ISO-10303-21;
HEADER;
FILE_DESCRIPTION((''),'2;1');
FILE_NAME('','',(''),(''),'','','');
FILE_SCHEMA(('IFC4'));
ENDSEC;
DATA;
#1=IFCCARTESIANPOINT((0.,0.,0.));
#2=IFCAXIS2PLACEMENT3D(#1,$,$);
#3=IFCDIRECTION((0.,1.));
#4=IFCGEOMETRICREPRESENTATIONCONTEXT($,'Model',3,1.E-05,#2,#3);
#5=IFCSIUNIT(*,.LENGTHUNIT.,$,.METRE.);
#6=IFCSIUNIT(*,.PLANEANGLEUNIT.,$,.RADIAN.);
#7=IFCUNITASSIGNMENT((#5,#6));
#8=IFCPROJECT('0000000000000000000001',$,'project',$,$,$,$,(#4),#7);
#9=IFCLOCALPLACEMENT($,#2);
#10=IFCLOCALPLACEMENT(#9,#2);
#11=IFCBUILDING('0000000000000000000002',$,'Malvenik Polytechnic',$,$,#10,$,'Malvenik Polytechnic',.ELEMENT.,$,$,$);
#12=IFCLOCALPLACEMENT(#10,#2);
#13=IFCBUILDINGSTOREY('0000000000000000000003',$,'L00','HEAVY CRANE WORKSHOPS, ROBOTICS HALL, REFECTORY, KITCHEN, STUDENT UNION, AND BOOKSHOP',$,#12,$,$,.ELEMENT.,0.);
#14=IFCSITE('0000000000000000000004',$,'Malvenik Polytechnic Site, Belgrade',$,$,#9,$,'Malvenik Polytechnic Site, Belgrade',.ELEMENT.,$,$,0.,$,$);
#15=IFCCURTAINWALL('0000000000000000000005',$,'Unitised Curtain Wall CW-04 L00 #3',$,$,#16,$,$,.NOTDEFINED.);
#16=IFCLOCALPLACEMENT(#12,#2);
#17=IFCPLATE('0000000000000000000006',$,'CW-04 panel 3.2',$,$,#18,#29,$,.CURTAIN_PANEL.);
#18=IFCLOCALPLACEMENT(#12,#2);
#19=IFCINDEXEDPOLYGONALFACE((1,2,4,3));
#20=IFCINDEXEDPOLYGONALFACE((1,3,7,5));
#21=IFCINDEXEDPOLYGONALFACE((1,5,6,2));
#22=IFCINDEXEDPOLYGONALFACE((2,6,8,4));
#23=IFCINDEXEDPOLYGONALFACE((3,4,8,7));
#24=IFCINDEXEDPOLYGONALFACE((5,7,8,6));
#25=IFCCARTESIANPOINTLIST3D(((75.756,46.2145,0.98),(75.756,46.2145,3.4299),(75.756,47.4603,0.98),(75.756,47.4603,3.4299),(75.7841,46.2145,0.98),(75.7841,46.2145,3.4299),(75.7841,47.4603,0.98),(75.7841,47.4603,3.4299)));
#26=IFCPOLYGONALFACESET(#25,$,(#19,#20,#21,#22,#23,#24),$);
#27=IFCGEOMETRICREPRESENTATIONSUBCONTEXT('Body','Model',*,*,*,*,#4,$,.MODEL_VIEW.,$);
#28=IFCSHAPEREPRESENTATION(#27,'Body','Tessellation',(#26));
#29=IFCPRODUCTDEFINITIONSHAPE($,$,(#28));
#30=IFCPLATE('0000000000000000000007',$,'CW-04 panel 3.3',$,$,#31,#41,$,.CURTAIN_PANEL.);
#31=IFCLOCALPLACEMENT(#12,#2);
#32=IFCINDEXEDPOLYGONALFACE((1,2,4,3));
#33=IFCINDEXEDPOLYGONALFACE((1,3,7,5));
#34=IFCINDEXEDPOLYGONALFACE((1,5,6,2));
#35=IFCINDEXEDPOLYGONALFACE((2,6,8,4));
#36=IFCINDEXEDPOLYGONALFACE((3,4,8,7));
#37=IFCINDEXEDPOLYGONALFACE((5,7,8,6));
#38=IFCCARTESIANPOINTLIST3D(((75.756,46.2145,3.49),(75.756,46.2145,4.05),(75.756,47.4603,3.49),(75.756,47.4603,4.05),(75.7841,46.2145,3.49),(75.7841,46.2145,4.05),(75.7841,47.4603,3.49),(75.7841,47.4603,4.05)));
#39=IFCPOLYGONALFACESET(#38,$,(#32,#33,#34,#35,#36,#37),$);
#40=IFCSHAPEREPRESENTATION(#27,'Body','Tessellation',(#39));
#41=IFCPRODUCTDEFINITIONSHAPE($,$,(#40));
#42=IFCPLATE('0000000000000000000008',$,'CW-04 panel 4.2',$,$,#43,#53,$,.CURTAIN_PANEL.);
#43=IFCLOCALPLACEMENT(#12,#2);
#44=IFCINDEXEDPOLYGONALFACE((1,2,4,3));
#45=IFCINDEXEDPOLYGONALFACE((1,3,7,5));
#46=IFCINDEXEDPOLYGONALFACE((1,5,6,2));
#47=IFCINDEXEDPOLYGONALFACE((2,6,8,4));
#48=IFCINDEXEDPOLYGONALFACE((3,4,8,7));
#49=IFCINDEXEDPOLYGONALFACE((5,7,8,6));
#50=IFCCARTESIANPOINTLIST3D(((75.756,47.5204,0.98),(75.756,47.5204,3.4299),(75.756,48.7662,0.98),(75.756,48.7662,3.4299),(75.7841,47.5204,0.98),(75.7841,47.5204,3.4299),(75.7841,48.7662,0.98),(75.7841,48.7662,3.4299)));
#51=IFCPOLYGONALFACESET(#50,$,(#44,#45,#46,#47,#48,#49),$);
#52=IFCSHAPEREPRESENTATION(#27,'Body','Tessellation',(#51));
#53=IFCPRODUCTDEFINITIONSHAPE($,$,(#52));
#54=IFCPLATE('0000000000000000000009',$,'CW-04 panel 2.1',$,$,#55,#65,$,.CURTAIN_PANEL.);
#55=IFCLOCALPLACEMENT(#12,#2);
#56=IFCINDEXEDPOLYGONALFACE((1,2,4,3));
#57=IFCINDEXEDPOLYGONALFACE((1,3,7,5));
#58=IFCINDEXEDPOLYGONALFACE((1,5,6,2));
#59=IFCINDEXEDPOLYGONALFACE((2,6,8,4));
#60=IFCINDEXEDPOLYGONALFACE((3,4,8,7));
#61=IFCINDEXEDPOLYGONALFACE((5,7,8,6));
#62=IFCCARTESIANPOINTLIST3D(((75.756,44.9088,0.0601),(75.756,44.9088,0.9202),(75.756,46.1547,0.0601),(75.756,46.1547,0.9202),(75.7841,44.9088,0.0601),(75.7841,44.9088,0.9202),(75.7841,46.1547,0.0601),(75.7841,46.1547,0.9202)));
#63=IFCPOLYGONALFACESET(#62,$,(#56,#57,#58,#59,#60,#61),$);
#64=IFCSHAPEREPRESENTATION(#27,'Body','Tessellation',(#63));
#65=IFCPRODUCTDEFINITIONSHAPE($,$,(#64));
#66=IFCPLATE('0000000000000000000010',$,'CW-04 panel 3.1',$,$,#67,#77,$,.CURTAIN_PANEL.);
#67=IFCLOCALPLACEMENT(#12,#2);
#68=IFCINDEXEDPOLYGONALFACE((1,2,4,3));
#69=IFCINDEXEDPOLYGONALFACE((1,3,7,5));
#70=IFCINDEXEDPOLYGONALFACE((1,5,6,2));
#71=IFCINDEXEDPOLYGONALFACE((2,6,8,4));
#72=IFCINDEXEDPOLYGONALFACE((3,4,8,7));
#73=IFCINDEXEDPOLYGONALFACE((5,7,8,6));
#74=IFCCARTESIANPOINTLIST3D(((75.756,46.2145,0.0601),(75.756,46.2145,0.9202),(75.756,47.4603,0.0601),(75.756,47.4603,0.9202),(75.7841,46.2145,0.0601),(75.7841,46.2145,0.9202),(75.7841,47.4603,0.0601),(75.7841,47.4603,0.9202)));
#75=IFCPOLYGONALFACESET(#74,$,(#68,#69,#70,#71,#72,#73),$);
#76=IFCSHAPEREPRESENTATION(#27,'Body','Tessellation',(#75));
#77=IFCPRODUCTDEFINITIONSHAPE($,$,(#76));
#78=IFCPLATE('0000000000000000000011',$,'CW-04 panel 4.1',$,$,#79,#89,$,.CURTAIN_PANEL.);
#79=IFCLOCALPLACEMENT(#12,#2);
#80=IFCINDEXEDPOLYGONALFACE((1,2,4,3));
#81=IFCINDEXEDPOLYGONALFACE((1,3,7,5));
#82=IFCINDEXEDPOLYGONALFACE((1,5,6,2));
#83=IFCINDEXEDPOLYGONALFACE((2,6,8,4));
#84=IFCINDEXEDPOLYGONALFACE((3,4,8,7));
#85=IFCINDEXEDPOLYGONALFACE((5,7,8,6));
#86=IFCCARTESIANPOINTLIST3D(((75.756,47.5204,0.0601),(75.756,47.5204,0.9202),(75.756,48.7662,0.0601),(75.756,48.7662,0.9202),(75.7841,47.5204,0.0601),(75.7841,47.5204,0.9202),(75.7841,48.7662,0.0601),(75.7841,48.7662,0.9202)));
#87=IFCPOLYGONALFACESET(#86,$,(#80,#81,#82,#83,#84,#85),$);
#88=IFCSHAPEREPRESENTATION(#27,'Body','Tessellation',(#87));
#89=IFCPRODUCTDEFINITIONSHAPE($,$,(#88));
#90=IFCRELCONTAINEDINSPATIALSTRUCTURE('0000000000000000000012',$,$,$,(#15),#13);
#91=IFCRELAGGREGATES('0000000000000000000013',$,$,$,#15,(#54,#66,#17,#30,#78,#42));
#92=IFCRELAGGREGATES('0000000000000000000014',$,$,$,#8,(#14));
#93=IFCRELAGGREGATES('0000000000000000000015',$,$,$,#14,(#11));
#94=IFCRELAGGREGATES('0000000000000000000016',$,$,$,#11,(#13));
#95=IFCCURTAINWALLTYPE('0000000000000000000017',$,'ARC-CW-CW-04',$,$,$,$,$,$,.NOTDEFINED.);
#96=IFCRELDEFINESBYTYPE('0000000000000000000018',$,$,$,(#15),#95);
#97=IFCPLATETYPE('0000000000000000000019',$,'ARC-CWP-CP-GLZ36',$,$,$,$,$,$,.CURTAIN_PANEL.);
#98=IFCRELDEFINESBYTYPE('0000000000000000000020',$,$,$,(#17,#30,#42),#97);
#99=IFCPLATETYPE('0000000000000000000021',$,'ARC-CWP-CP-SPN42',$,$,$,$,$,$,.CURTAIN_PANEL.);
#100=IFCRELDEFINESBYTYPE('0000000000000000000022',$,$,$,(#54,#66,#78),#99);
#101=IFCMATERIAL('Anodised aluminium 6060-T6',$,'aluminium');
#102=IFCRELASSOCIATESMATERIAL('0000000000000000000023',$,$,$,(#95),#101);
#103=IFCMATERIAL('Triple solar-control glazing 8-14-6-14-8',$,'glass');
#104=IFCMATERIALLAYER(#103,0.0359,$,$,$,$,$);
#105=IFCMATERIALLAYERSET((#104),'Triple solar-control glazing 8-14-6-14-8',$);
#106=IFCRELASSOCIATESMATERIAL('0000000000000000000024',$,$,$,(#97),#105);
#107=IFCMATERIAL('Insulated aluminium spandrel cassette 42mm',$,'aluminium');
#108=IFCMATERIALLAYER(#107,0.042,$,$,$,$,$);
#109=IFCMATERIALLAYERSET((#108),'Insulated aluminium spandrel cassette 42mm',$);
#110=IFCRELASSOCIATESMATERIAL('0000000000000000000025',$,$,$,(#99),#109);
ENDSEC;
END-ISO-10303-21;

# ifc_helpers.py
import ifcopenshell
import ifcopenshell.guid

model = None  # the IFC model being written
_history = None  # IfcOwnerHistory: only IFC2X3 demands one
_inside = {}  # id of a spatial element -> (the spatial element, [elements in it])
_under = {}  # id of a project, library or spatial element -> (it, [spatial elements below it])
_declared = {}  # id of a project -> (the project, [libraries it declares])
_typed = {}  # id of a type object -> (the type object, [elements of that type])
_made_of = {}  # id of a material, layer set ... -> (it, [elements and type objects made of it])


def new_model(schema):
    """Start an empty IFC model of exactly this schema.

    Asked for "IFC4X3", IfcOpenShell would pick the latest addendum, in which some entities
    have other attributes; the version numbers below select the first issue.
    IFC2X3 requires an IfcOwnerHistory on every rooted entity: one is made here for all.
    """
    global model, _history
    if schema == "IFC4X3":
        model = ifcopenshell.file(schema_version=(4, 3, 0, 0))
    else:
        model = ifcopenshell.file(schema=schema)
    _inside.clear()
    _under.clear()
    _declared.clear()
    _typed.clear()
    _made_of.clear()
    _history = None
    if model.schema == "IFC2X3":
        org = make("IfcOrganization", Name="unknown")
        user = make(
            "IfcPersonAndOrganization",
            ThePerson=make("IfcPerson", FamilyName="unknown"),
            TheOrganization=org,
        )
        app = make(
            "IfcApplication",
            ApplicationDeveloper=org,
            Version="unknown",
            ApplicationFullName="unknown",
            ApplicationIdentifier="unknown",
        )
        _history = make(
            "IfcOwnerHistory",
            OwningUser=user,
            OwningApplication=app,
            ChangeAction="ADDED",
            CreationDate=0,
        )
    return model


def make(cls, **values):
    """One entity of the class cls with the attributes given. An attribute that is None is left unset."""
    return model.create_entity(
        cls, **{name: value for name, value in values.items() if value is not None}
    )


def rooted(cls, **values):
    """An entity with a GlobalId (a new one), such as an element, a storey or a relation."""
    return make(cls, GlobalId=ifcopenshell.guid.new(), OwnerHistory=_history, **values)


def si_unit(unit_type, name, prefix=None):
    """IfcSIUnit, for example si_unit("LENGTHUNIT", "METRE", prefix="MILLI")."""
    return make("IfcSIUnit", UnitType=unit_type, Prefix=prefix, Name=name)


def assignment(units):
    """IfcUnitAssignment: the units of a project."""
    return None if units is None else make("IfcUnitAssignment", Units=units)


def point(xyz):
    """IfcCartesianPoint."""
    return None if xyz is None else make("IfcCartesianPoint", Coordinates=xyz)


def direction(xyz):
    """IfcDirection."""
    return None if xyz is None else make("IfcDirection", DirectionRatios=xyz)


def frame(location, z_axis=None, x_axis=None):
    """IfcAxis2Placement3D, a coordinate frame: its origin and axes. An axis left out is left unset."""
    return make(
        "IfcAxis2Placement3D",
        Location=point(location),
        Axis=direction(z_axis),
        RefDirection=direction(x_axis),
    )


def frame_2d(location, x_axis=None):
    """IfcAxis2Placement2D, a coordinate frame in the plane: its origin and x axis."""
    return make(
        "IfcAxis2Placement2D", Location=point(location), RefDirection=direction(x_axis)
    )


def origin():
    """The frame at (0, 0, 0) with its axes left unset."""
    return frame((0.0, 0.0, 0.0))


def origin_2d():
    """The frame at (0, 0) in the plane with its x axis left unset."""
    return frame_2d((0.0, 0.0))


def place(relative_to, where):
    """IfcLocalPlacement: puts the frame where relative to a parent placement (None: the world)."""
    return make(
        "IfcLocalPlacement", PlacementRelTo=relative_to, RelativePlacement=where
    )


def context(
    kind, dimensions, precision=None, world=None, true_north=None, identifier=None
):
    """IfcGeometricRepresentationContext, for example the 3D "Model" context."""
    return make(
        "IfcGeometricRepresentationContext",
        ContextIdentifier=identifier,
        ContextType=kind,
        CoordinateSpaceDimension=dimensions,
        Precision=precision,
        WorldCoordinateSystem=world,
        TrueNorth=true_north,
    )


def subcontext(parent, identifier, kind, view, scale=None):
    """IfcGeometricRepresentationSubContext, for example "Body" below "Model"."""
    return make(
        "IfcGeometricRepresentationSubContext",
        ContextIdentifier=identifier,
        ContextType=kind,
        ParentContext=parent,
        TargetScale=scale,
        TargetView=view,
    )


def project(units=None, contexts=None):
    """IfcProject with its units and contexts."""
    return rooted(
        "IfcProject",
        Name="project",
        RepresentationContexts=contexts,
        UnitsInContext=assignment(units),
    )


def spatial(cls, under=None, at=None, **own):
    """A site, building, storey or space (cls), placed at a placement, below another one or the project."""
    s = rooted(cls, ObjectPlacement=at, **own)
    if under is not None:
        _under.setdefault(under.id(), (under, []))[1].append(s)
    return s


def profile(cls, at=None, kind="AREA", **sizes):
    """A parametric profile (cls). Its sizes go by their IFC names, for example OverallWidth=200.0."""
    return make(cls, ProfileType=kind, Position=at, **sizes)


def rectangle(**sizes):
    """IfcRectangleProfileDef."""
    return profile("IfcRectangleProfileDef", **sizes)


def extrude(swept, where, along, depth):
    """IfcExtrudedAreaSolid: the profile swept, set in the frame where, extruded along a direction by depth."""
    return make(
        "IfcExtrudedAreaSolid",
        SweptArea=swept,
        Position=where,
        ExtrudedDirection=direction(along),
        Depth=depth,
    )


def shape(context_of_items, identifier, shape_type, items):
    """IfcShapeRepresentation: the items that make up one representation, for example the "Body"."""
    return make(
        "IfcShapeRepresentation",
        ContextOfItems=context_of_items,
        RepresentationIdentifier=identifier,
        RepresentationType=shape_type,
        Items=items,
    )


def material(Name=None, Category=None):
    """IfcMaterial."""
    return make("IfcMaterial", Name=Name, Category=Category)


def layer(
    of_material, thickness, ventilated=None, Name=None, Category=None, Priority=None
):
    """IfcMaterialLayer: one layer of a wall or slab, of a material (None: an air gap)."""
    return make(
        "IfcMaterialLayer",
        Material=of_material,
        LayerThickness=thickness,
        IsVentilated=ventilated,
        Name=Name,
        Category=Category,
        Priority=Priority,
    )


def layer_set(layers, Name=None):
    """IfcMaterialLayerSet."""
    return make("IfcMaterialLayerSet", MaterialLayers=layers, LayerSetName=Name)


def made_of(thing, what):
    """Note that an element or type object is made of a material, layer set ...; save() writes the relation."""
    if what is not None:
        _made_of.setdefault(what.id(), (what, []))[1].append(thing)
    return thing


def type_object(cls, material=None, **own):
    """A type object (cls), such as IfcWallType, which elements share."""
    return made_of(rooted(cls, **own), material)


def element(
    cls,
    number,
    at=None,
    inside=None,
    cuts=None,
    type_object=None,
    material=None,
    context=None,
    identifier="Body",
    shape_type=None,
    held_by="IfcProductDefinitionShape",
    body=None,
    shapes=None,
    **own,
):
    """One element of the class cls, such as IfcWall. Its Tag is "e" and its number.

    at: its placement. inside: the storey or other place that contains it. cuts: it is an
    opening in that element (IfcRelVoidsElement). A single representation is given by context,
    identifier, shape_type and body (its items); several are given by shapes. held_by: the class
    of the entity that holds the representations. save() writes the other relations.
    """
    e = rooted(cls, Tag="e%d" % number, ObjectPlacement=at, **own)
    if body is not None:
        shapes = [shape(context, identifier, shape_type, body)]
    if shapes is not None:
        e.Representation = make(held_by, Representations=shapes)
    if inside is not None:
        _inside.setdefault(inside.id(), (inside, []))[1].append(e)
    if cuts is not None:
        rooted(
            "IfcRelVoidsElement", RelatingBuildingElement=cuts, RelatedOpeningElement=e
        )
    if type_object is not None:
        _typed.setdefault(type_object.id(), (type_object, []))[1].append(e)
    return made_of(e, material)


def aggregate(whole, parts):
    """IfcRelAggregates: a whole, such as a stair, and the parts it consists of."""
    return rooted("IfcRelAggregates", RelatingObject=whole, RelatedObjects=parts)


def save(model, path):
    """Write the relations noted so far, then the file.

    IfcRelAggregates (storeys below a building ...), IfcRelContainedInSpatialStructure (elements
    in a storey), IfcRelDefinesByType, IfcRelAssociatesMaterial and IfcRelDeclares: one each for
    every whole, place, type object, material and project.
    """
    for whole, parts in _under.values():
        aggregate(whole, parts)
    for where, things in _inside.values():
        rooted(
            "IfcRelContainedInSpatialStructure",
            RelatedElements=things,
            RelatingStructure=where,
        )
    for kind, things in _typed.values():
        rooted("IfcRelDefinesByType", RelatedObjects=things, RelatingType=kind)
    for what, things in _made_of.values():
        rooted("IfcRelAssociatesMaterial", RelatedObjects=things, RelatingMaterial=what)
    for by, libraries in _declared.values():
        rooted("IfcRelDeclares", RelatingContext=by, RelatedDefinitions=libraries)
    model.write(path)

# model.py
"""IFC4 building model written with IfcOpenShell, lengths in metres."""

from ifc_helpers import new_model, si_unit, direction, frame, origin, origin_2d, place, context, subcontext, project, spatial, rectangle, extrude, material, layer, layer_set, type_object, element, aggregate, save


model = new_model("IFC4")

# Units and contexts
model_context = context("Model", 3, precision=1e-05, world=origin(), true_north=direction((0.0, 1.0)))
body_context = subcontext(model_context, "Body", "Model", "MODEL_VIEW")
ifc_project = project(units=[si_unit("LENGTHUNIT", "METRE"), si_unit("PLANEANGLEUNIT", "RADIAN")], contexts=[model_context])

# Site, building, storey
site_placement = place(None, origin())
site = spatial("IfcSite", under=ifc_project, at=site_placement, Name="Malvenik Polytechnic Site, Belgrade", LongName="Malvenik Polytechnic Site, Belgrade", CompositionType="ELEMENT", RefElevation=0.0)
building_placement = place(site_placement, origin())
building = spatial("IfcBuilding", under=site, at=building_placement, Name="Malvenik Polytechnic", LongName="Malvenik Polytechnic", CompositionType="ELEMENT")
storey_placement = place(building_placement, origin())
storey = spatial("IfcBuildingStorey", under=building, at=storey_placement, Name="L00", Description="HEAVY CRANE WORKSHOPS, ROBOTICS HALL, REFECTORY, KITCHEN, STUDENT UNION, AND BOOKSHOP", CompositionType="ELEMENT", Elevation=0.0)

# Curtain wall, plates
ifc_material_1 = material(Name="Anodised aluminium 6060-T6", Category="aluminium")
curtain_wall_type = type_object("IfcCurtainWallType", Name="ARC-CW-CW-04", PredefinedType="NOTDEFINED", material=ifc_material_1)
curtain_wall_placement = place(storey_placement, origin())
curtain_wall = element("IfcCurtainWall", 1, at=curtain_wall_placement, inside=storey, type_object=curtain_wall_type, Name="Unitised Curtain Wall CW-04 L00 #3", PredefinedType="NOTDEFINED")
ifc_material_2 = material(Name="Triple solar-control glazing 8-14-6-14-8", Category="glass")
ifc_layer_1 = layer(ifc_material_2, 0.0359)
ifc_layer_set_1 = layer_set([ifc_layer_1], Name="Triple solar-control glazing 8-14-6-14-8")
plate_type_1 = type_object("IfcPlateType", Name="ARC-CWP-CP-GLZ36", PredefinedType="CURTAIN_PANEL", material=ifc_layer_set_1)
plate_1_placement = place(storey_placement, frame((75.77, 46.8374, 0.98), z_axis=(0.0, 0.0, 1.0), x_axis=(0.0, 1.0, 0.0)))
plate_1 = element("IfcPlate", 2, at=plate_1_placement, type_object=plate_type_1, Name="CW-04 panel 3.2", PredefinedType="CURTAIN_PANEL", context=body_context, shape_type="SweptSolid", body=[
    extrude(rectangle(XDim=1.2458, YDim=0.0281, at=origin_2d()), origin(), (0.0, 0.0, 1.0), 2.45),
])
plate_2_placement = place(storey_placement, frame((75.77, 46.8374, 3.49), z_axis=(0.0, 0.0, 1.0), x_axis=(0.0, 1.0, 0.0)))
plate_2 = element("IfcPlate", 3, at=plate_2_placement, type_object=plate_type_1, Name="CW-04 panel 3.3", PredefinedType="CURTAIN_PANEL", context=body_context, shape_type="SweptSolid", body=[
    extrude(rectangle(XDim=1.2458, YDim=0.0281, at=origin_2d()), origin(), (0.0, 0.0, 1.0), 0.5601),
])
plate_3_placement = place(storey_placement, frame((75.77, 48.1433, 0.98), z_axis=(0.0, 0.0, 1.0), x_axis=(0.0, 1.0, 0.0)))
plate_3 = element("IfcPlate", 4, at=plate_3_placement, type_object=plate_type_1, Name="CW-04 panel 4.2", PredefinedType="CURTAIN_PANEL", context=body_context, shape_type="SweptSolid", body=[
    extrude(rectangle(XDim=1.2458, YDim=0.0281, at=origin_2d()), origin(), (0.0, 0.0, 1.0), 2.45),
])
ifc_material_3 = material(Name="Insulated aluminium spandrel cassette 42mm", Category="aluminium")
ifc_layer_2 = layer(ifc_material_3, 0.042)
ifc_layer_set_2 = layer_set([ifc_layer_2], Name="Insulated aluminium spandrel cassette 42mm")
plate_type_2 = type_object("IfcPlateType", Name="ARC-CWP-CP-SPN42", PredefinedType="CURTAIN_PANEL", material=ifc_layer_set_2)
plate_4_placement = place(storey_placement, frame((75.77, 45.5317, 0.0601), z_axis=(0.0, 0.0, 1.0), x_axis=(0.0, 1.0, 0.0)))
plate_4 = element("IfcPlate", 5, at=plate_4_placement, type_object=plate_type_2, Name="CW-04 panel 2.1", PredefinedType="CURTAIN_PANEL", context=body_context, shape_type="SweptSolid", body=[
    extrude(rectangle(XDim=1.2458, YDim=0.0281, at=origin_2d()), origin(), (0.0, 0.0, 1.0), 0.8601),
])
plate_5_placement = place(storey_placement, frame((75.77, 46.8374, 0.0601), z_axis=(0.0, 0.0, 1.0), x_axis=(0.0, 1.0, 0.0)))
plate_5 = element("IfcPlate", 6, at=plate_5_placement, type_object=plate_type_2, Name="CW-04 panel 3.1", PredefinedType="CURTAIN_PANEL", context=body_context, shape_type="SweptSolid", body=[
    extrude(rectangle(XDim=1.2458, YDim=0.0281, at=origin_2d()), origin(), (0.0, 0.0, 1.0), 0.8601),
])
plate_6_placement = place(storey_placement, frame((75.77, 48.1433, 0.0601), z_axis=(0.0, 0.0, 1.0), x_axis=(0.0, 1.0, 0.0)))
plate_6 = element("IfcPlate", 7, at=plate_6_placement, type_object=plate_type_2, Name="CW-04 panel 4.1", PredefinedType="CURTAIN_PANEL", context=body_context, shape_type="SweptSolid", body=[
    extrude(rectangle(XDim=1.2458, YDim=0.0281, at=origin_2d()), origin(), (0.0, 0.0, 1.0), 0.8601),
])
aggregate(curtain_wall, [plate_4, plate_5, plate_1, plate_2, plate_6, plate_3])

save(model, "model.ifc")
